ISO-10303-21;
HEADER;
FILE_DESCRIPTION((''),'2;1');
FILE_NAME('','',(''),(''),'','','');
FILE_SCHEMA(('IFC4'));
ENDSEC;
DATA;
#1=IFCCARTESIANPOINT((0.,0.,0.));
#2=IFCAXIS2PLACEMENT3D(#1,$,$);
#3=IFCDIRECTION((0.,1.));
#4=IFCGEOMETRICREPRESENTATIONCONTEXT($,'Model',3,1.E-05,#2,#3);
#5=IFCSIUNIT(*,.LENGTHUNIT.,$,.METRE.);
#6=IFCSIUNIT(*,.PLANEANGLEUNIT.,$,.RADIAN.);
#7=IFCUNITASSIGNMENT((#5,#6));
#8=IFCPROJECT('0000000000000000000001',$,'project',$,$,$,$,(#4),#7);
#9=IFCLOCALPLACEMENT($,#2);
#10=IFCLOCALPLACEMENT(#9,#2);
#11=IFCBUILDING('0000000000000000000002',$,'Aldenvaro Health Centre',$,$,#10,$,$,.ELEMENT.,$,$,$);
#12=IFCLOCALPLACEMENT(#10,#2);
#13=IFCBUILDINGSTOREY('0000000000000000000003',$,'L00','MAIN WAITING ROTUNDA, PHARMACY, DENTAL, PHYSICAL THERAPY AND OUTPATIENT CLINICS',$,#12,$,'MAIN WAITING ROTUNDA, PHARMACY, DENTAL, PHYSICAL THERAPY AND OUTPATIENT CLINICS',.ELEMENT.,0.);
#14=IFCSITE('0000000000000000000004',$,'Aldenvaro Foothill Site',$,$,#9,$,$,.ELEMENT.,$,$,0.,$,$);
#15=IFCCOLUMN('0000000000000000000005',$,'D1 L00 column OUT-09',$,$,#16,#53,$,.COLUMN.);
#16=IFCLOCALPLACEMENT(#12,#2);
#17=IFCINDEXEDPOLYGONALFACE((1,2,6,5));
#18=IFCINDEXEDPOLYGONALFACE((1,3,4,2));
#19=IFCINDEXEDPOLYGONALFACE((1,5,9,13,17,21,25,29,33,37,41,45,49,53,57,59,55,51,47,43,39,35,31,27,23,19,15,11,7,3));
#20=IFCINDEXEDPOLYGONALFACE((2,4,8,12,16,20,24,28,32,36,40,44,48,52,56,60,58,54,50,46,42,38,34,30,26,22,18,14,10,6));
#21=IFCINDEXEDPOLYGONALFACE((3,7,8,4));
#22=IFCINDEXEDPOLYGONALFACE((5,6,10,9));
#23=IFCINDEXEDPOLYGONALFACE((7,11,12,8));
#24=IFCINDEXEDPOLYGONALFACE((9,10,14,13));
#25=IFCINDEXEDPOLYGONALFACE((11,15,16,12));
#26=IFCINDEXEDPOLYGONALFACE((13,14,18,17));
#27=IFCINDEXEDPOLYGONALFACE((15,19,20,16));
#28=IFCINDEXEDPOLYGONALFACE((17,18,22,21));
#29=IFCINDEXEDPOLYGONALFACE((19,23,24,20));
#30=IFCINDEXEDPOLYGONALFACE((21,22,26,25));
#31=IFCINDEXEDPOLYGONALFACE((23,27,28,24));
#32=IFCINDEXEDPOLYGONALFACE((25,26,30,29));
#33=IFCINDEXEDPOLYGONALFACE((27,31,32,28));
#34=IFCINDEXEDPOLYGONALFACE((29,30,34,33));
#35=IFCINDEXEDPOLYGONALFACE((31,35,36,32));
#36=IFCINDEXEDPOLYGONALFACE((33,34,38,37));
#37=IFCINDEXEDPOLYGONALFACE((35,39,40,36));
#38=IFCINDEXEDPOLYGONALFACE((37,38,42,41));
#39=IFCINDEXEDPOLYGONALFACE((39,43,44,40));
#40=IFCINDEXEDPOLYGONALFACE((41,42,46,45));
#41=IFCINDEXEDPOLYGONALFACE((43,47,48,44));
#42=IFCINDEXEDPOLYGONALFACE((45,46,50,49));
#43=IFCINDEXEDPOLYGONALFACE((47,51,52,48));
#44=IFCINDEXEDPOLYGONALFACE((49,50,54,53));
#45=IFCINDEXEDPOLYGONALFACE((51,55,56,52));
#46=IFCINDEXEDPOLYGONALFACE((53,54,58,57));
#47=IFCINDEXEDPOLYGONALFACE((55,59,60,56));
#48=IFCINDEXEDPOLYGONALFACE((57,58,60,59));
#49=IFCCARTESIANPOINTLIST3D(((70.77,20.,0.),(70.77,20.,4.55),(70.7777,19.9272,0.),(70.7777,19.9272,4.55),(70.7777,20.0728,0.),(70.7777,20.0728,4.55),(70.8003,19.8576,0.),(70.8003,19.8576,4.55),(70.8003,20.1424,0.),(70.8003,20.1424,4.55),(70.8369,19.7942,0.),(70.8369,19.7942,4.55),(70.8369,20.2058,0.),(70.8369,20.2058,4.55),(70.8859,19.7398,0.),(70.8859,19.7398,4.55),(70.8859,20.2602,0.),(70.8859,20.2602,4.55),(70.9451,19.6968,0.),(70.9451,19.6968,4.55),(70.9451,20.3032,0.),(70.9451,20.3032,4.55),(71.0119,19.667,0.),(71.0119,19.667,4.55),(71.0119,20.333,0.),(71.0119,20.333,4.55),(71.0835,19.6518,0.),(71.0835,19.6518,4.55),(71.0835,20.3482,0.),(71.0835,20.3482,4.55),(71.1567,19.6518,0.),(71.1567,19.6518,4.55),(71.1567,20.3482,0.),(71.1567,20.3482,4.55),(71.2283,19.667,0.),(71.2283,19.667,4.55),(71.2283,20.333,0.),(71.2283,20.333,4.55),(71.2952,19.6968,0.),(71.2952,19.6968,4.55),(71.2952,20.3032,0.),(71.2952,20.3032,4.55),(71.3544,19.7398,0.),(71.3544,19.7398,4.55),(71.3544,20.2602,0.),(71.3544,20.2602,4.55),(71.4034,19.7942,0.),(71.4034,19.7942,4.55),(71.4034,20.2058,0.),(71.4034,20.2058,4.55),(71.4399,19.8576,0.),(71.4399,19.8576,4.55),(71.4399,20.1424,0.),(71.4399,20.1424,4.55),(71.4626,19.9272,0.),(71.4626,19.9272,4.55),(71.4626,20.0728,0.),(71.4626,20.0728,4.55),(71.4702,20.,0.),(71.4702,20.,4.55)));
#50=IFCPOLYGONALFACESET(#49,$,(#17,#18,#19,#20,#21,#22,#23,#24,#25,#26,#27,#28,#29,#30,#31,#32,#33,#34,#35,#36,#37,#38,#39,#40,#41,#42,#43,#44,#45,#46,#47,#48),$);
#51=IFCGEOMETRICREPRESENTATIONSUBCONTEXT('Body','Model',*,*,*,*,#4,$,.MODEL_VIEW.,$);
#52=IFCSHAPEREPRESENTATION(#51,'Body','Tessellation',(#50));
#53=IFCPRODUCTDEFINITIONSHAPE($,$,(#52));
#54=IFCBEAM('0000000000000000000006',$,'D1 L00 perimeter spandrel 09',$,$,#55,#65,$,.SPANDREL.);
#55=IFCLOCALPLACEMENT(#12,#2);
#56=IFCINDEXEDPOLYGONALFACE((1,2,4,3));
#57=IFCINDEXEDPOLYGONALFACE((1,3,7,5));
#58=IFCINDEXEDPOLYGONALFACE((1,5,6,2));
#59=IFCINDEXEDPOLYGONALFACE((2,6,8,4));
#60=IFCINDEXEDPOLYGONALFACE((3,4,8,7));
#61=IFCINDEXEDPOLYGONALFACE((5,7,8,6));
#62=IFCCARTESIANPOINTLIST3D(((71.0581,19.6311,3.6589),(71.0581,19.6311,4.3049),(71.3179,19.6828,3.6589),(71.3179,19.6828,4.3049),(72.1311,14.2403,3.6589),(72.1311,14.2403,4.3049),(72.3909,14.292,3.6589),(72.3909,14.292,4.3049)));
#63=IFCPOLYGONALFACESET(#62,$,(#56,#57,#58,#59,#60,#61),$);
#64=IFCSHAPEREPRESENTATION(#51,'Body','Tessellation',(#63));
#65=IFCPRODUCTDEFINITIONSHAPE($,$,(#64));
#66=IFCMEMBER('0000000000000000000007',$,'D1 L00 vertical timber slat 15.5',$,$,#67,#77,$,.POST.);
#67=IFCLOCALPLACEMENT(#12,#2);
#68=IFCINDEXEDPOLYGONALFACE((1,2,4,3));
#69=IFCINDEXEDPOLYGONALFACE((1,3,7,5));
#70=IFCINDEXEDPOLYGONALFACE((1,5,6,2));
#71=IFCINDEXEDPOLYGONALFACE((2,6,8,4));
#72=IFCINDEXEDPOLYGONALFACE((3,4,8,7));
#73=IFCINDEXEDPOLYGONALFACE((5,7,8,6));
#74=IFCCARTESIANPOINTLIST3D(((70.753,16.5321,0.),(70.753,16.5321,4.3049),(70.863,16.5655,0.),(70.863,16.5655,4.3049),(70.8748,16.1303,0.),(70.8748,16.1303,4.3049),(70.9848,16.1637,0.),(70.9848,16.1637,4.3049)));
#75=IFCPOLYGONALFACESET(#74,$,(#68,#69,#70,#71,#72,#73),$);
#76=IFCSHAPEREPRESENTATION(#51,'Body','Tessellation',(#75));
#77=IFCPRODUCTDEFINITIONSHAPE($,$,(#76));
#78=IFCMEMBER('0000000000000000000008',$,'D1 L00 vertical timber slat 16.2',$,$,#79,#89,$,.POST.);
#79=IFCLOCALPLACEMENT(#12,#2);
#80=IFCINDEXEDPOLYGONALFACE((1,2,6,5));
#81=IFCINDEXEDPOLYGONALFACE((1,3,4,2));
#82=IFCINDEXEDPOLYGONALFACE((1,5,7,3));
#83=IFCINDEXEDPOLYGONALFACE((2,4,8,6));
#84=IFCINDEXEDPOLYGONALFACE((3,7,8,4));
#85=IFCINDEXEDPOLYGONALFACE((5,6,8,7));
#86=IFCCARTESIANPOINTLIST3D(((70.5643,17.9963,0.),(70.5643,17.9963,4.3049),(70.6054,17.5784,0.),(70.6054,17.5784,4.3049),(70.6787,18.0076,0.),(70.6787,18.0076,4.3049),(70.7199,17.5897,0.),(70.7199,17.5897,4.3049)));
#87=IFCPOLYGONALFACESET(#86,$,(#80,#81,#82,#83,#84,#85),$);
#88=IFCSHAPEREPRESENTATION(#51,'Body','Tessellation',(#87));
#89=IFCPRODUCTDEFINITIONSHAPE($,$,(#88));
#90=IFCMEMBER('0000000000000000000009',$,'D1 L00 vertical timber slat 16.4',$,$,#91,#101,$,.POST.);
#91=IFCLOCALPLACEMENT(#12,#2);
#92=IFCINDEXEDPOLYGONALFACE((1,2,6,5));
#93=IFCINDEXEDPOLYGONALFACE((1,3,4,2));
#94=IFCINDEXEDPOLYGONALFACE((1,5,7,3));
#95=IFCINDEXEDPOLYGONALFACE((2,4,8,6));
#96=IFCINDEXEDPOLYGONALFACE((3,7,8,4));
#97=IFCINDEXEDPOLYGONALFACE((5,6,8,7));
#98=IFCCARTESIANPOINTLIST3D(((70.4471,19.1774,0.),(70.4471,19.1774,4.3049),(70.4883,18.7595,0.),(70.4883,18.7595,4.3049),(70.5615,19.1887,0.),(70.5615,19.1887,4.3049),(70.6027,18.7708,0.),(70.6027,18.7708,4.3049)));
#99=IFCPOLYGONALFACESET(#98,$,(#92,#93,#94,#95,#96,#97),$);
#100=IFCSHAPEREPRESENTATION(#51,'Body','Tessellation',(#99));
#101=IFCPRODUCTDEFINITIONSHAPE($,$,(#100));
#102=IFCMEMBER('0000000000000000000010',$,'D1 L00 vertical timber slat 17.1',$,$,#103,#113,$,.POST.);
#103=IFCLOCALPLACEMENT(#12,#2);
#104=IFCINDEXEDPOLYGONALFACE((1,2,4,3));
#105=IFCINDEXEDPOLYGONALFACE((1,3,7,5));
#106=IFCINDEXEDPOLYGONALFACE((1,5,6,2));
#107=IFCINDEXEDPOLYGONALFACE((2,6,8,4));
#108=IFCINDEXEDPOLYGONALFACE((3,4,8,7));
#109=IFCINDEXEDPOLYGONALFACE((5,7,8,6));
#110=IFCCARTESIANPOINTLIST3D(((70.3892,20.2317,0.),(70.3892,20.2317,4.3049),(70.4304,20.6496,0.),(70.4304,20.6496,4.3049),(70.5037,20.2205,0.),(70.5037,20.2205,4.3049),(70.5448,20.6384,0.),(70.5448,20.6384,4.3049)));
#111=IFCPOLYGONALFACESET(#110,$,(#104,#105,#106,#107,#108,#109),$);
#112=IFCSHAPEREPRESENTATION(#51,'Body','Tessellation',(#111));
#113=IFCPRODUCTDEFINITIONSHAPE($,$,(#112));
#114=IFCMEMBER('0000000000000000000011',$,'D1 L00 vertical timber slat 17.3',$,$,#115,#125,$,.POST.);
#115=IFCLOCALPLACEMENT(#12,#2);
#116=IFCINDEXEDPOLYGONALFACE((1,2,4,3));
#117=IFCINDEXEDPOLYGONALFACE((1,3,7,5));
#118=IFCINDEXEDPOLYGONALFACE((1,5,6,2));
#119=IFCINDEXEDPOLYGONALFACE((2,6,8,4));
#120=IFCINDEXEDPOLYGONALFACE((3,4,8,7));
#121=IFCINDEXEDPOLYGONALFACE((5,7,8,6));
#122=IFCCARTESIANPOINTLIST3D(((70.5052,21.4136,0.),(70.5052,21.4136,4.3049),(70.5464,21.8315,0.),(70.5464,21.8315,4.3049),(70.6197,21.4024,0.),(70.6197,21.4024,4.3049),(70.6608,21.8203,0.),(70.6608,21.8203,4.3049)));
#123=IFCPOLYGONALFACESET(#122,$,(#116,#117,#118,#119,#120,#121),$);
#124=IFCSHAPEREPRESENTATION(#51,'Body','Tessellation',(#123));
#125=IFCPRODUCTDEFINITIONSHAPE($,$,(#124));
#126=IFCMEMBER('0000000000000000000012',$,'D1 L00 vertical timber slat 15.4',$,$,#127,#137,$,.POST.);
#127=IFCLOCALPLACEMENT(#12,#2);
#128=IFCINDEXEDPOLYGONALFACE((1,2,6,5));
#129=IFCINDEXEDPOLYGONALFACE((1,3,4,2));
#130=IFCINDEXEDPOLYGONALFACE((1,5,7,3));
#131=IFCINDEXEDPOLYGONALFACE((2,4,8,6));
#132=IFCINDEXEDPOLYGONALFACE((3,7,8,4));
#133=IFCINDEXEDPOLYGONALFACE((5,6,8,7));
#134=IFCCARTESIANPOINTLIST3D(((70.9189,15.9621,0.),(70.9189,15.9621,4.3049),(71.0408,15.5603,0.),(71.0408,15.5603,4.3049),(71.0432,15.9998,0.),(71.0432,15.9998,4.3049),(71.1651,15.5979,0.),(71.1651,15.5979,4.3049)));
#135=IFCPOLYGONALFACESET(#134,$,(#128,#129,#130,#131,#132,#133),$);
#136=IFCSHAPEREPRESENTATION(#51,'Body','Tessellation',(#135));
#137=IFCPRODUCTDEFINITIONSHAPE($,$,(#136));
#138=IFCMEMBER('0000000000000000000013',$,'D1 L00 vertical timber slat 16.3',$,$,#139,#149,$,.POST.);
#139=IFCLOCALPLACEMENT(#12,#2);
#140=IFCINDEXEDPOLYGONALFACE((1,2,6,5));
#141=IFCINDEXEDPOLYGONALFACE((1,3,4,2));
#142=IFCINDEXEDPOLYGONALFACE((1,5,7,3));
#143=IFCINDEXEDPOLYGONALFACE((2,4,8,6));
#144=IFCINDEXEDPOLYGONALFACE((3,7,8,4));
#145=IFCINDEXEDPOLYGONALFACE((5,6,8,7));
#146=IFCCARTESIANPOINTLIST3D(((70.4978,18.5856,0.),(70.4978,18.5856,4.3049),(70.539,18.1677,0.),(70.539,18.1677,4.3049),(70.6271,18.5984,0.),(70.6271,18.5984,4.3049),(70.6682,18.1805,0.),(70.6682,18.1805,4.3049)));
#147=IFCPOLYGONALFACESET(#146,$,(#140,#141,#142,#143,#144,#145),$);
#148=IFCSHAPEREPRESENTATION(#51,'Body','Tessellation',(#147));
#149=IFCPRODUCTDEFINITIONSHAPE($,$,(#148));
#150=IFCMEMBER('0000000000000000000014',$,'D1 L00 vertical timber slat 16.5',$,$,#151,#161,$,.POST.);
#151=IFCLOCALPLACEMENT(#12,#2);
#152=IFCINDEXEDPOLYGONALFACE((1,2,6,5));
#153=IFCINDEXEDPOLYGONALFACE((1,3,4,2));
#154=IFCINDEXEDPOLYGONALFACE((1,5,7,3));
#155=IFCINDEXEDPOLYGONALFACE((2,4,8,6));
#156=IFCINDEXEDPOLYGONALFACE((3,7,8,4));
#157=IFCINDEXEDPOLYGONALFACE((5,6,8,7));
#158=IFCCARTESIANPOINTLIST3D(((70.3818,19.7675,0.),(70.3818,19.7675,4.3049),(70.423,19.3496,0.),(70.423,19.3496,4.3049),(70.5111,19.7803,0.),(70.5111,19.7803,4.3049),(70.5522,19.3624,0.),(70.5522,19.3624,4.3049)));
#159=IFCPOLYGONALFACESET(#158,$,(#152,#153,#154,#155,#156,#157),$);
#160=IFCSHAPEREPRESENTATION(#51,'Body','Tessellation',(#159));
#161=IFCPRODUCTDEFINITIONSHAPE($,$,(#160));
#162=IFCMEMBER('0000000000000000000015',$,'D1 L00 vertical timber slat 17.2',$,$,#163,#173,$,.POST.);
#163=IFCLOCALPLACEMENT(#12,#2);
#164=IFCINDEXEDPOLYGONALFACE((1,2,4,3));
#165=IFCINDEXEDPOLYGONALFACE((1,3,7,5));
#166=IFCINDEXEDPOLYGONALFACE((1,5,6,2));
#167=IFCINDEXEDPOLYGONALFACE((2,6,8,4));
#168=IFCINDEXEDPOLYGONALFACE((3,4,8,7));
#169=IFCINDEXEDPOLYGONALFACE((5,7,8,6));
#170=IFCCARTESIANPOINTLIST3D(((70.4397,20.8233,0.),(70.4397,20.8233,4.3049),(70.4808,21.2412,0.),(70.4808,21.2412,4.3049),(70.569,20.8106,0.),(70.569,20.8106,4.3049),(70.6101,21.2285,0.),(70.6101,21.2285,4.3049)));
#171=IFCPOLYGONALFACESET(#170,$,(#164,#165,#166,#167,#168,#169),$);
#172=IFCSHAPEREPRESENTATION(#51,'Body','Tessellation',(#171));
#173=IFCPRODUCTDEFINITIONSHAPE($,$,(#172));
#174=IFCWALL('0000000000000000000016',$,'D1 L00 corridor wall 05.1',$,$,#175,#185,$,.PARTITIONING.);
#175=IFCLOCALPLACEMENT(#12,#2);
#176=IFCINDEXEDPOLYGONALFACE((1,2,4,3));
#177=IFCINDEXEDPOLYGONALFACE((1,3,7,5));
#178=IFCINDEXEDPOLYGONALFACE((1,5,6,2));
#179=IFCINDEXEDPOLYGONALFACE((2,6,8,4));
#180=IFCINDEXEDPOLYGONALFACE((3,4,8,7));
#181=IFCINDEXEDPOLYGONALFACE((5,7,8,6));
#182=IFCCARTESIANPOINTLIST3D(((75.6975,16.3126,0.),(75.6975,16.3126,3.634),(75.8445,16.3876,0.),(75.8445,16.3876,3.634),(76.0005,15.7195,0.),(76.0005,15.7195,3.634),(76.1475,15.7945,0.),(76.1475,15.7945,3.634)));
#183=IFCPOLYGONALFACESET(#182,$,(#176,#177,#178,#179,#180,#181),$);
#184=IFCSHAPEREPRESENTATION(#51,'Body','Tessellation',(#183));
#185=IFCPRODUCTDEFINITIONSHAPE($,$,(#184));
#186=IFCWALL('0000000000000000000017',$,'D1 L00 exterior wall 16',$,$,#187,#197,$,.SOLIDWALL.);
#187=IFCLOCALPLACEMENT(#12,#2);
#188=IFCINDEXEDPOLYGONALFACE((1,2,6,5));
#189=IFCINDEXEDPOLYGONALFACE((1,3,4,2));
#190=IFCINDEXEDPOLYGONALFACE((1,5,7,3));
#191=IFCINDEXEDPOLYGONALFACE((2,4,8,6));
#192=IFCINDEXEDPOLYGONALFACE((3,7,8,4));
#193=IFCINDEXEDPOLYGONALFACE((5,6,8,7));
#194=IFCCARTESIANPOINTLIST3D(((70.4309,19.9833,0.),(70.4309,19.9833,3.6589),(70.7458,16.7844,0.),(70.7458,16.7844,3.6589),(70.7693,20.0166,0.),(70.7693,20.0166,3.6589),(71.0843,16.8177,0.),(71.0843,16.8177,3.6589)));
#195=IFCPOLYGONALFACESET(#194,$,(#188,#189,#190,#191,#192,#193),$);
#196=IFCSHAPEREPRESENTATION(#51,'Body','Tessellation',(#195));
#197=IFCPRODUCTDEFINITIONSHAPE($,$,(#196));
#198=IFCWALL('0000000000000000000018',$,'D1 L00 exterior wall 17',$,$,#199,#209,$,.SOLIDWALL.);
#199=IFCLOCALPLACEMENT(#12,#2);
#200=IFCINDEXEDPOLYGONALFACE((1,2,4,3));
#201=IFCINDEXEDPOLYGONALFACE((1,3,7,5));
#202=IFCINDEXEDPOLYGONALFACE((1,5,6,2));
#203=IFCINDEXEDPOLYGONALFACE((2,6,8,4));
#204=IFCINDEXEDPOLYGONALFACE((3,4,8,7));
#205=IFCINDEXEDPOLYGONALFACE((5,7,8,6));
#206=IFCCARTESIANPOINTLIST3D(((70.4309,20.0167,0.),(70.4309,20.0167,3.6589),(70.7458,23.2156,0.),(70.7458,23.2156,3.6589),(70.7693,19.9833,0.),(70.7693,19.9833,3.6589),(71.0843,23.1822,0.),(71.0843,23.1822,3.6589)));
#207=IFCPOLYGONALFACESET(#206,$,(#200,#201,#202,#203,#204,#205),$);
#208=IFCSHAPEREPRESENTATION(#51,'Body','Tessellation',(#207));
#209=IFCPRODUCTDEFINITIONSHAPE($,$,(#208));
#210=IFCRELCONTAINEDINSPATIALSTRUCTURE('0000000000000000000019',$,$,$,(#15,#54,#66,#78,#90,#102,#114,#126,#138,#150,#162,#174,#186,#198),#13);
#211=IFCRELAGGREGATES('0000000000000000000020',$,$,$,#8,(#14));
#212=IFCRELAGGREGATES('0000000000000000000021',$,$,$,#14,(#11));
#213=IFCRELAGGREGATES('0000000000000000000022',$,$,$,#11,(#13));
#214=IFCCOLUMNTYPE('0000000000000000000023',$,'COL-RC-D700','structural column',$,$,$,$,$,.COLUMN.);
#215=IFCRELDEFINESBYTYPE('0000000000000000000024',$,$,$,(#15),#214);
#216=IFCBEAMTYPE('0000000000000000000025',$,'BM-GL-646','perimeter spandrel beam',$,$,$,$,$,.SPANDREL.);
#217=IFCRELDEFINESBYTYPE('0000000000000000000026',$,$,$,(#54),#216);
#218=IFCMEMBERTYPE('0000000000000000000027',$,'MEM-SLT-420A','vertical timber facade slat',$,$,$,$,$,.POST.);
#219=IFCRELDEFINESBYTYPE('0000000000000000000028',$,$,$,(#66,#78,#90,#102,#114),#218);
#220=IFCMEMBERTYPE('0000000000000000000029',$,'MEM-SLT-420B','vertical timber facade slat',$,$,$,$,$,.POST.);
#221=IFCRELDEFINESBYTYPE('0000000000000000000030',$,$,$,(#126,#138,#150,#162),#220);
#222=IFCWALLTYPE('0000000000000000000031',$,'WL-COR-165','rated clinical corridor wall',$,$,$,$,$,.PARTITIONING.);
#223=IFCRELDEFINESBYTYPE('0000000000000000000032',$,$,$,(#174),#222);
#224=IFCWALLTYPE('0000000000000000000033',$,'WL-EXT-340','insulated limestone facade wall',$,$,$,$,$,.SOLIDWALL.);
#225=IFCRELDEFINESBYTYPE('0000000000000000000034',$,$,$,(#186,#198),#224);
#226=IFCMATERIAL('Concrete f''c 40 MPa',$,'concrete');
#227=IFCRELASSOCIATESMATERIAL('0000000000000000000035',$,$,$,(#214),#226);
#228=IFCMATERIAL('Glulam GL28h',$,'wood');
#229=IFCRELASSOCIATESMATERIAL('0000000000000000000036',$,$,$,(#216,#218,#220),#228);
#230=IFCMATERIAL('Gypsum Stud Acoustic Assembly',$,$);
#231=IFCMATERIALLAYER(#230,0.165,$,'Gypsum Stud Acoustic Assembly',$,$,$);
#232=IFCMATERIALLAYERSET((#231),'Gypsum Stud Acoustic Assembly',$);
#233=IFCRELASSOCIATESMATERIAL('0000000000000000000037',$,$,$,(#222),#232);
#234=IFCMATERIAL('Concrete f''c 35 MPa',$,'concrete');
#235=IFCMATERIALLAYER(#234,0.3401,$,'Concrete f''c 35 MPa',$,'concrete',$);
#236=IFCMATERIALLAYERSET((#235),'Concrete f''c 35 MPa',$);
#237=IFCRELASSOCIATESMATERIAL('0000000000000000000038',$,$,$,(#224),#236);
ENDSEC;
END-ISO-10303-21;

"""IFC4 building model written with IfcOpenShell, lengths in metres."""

from ifc_helpers import new_model, si_unit, direction, frame, frame_2d, origin, origin_2d, place, context, subcontext, project, spatial, rectangle, circle, extrude, material, layer, layer_set, material_profile, profile_set, type_object, element, save


model = new_model("IFC4")

# Units and contexts
model_context = context("Model", 3, precision=1e-05, world=origin(), true_north=direction((0.0, 1.0)))
body_context = subcontext(model_context, "Body", "Model", "MODEL_VIEW")
ifc_project = project(units=[si_unit("LENGTHUNIT", "METRE"), si_unit("PLANEANGLEUNIT", "RADIAN")], contexts=[model_context])

# Site, building, storey
site_placement = place(None, origin())
site = spatial("IfcSite", under=ifc_project, at=site_placement, Name="Aldenvaro Foothill Site", CompositionType="ELEMENT", RefElevation=0.0)
building_placement = place(site_placement, origin())
building = spatial("IfcBuilding", under=site, at=building_placement, Name="Aldenvaro Health Centre", CompositionType="ELEMENT")
storey_placement = place(building_placement, origin())
storey = spatial("IfcBuildingStorey", under=building, at=storey_placement, Name="L00", Description="MAIN WAITING ROTUNDA, PHARMACY, DENTAL, PHYSICAL THERAPY AND OUTPATIENT CLINICS", LongName="MAIN WAITING ROTUNDA, PHARMACY, DENTAL, PHYSICAL THERAPY AND OUTPATIENT CLINICS", CompositionType="ELEMENT", Elevation=0.0)

# Column
ifc_material_1 = material(Name="Concrete f'c 40 MPa", Category="concrete")
ifc_material_profile_1 = material_profile(ifc_material_1, circle(Radius=0.3501, at=origin_2d()), Name="RC D700", Category="concrete")
ifc_profile_set_1 = profile_set([ifc_material_profile_1], Name="Concrete f'c 40 MPa")
column_type = type_object("IfcColumnType", Name="COL-RC-D700", Description="structural column", PredefinedType="COLUMN", material=ifc_profile_set_1)
column_placement = place(storey_placement, frame((71.1201, 20.0, 0.0), z_axis=(0.0, 0.0, 1.0), x_axis=(1.0, 0.0, 0.0)))
element("IfcColumn", 1, at=column_placement, inside=storey, type_object=column_type, Name="D1 L00 column OUT-09", PredefinedType="COLUMN", context=body_context, shape_type="SweptSolid", body=[
    extrude(circle(Radius=0.3501, at=origin_2d()), origin(), (0.0, 0.0, 1.0), 4.55),
])

# Beam
ifc_material_2 = material(Name="Glulam GL28h", Category="wood")
ifc_material_profile_2 = material_profile(ifc_material_2, rectangle(XDim=0.2649, YDim=0.646, at=origin_2d()), Name="GL 265x646", Category="wood")
ifc_profile_set_2 = profile_set([ifc_material_profile_2], Name="Glulam GL28h")
beam_type = type_object("IfcBeamType", Name="BM-GL-646", Description="perimeter spandrel beam", PredefinedType="SPANDREL", material=ifc_profile_set_2)
beam_placement = place(storey_placement, frame((71.188, 19.657, 3.9819), z_axis=(0.195211, -0.980761, 0.0), x_axis=(0.980761, 0.195211, 0.0)))
element("IfcBeam", 2, at=beam_placement, inside=storey, type_object=beam_type, Name="D1 L00 perimeter spandrel 09", PredefinedType="SPANDREL", context=body_context, shape_type="SweptSolid", body=[
    extrude(rectangle(XDim=0.2649, YDim=0.646, at=origin_2d()), origin(), (0.0, 0.0, 1.0), 5.4966),
])

# Members
ifc_material_profile_3 = material_profile(ifc_material_2, rectangle(XDim=0.115, YDim=0.4199, at=origin_2d()), Name="GL 115x420", Category="wood")
ifc_profile_set_3 = profile_set([ifc_material_profile_3], Name="Glulam GL28h")
member_type_1 = type_object("IfcMemberType", Name="MEM-SLT-420A", Description="vertical timber facade slat", PredefinedType="POST", material=ifc_profile_set_3)
for number, where, z_axis, x_axis, name in (
    (3, (70.8689, 16.3479, 0.0), (0.0, 0.0, 1.0), (-0.956975, -0.290171, 0.0), "D1 L00 vertical timber slat 15.5"),
    (4, (70.6421, 17.793, 0.0), (0.0, 0.0, 1.0), (-0.995187, -0.097994, 0.0), "D1 L00 vertical timber slat 16.2"),
    (5, (70.5249, 18.9741, 0.0), (0.0, 0.0, 1.0), (-0.995187, -0.097994, 0.0), "D1 L00 vertical timber slat 16.4"),
    (6, (70.467, 20.4351, 0.0), (0.0, 0.0, 1.0), (-0.995187, 0.097994, 0.0), "D1 L00 vertical timber slat 17.1"),
    (7, (70.583, 21.6169, 0.0), (0.0, 0.0, 1.0), (-0.995187, 0.097994, 0.0), "D1 L00 vertical timber slat 17.3"),
):
    element("IfcMember", number, at=place(storey_placement, frame(where, z_axis=z_axis, x_axis=x_axis)), inside=storey, type_object=member_type_1, Name=name, PredefinedType="POST", context=body_context, shape_type="SweptSolid", body=[
        extrude(rectangle(XDim=0.115, YDim=0.4199, at=origin_2d()), origin(), (0.0, 0.0, 1.0), 4.3049),
    ])
ifc_material_profile_4 = material_profile(ifc_material_2, rectangle(XDim=0.1299, YDim=0.4199, at=origin_2d()), Name="GL 130x420", Category="wood")
ifc_profile_set_4 = profile_set([ifc_material_profile_4], Name="Glulam GL28h")
member_type_2 = type_object("IfcMemberType", Name="MEM-SLT-420B", Description="vertical timber facade slat", PredefinedType="POST", material=ifc_profile_set_4)
for number, where, z_axis, x_axis, name in (
    (8, (71.042, 15.78, 0.0), (0.0, 0.0, 1.0), (-0.956975, -0.290171, 0.0), "D1 L00 vertical timber slat 15.4"),
    (9, (70.583, 18.3831, 0.0), (0.0, 0.0, 1.0), (-0.995187, -0.097994, 0.0), "D1 L00 vertical timber slat 16.3"),
    (10, (70.467, 19.5649, 0.0), (0.0, 0.0, 1.0), (-0.995187, -0.097994, 0.0), "D1 L00 vertical timber slat 16.5"),
    (11, (70.5249, 21.0259, 0.0), (0.0, 0.0, 1.0), (-0.995187, 0.097994, 0.0), "D1 L00 vertical timber slat 17.2"),
):
    element("IfcMember", number, at=place(storey_placement, frame(where, z_axis=z_axis, x_axis=x_axis)), inside=storey, type_object=member_type_2, Name=name, PredefinedType="POST", context=body_context, shape_type="SweptSolid", body=[
        extrude(rectangle(XDim=0.1299, YDim=0.4199, at=origin_2d()), origin(), (0.0, 0.0, 1.0), 4.3049),
    ])

# Shared definitions
ifc_material_3 = material(Name="Gypsum Stud Acoustic Assembly")
ifc_layer_1 = layer(ifc_material_3, 0.165, Name="Gypsum Stud Acoustic Assembly")
ifc_layer_set_1 = layer_set([ifc_layer_1], Name="Gypsum Stud Acoustic Assembly")
wall_type_1 = type_object("IfcWallType", Name="WL-COR-165", Description="rated clinical corridor wall", PredefinedType="PARTITIONING", material=ifc_layer_set_1)

# Walls
wall_1_placement = place(storey_placement, frame((75.771, 16.3501, 0.0), z_axis=(0.0, 0.0, 1.0), x_axis=(0.454969, -0.890507, 0.0)))
element("IfcWall", 12, at=wall_1_placement, inside=storey, type_object=wall_type_1, Name="D1 L00 corridor wall 05.1", PredefinedType="PARTITIONING", context=body_context, shape_type="SweptSolid", body=[
    extrude(rectangle(XDim=0.666, YDim=0.165, at=frame_2d((0.333, 0.0))), origin(), (0.0, 0.0, 1.0), 3.634),
])
ifc_material_4 = material(Name="Concrete f'c 35 MPa", Category="concrete")
ifc_layer_2 = layer(ifc_material_4, 0.3401, Name="Concrete f'c 35 MPa", Category="concrete")
ifc_layer_set_2 = layer_set([ifc_layer_2], Name="Concrete f'c 35 MPa")
wall_type_2 = type_object("IfcWallType", Name="WL-EXT-340", Description="insulated limestone facade wall", PredefinedType="SOLIDWALL", material=ifc_layer_set_2)
for number, where, z_axis, x_axis, name in (
    (13, (70.915, 16.801, 0.0), (0.0, 0.0, 1.0), (-0.097977, 0.995189, 0.0), "D1 L00 exterior wall 16"),
    (14, (70.6001, 20.0, 0.0), (0.0, 0.0, 1.0), (0.097977, 0.995189, 0.0), "D1 L00 exterior wall 17"),
):
    element("IfcWall", number, at=place(storey_placement, frame(where, z_axis=z_axis, x_axis=x_axis)), inside=storey, type_object=wall_type_2, Name=name, PredefinedType="SOLIDWALL", context=body_context, shape_type="SweptSolid", body=[
        extrude(rectangle(XDim=3.2144, YDim=0.3401, at=frame_2d((1.6072, 0.0))), origin(), (0.0, 0.0, 1.0), 3.6589),
    ])

save(model, "model.ifc")
